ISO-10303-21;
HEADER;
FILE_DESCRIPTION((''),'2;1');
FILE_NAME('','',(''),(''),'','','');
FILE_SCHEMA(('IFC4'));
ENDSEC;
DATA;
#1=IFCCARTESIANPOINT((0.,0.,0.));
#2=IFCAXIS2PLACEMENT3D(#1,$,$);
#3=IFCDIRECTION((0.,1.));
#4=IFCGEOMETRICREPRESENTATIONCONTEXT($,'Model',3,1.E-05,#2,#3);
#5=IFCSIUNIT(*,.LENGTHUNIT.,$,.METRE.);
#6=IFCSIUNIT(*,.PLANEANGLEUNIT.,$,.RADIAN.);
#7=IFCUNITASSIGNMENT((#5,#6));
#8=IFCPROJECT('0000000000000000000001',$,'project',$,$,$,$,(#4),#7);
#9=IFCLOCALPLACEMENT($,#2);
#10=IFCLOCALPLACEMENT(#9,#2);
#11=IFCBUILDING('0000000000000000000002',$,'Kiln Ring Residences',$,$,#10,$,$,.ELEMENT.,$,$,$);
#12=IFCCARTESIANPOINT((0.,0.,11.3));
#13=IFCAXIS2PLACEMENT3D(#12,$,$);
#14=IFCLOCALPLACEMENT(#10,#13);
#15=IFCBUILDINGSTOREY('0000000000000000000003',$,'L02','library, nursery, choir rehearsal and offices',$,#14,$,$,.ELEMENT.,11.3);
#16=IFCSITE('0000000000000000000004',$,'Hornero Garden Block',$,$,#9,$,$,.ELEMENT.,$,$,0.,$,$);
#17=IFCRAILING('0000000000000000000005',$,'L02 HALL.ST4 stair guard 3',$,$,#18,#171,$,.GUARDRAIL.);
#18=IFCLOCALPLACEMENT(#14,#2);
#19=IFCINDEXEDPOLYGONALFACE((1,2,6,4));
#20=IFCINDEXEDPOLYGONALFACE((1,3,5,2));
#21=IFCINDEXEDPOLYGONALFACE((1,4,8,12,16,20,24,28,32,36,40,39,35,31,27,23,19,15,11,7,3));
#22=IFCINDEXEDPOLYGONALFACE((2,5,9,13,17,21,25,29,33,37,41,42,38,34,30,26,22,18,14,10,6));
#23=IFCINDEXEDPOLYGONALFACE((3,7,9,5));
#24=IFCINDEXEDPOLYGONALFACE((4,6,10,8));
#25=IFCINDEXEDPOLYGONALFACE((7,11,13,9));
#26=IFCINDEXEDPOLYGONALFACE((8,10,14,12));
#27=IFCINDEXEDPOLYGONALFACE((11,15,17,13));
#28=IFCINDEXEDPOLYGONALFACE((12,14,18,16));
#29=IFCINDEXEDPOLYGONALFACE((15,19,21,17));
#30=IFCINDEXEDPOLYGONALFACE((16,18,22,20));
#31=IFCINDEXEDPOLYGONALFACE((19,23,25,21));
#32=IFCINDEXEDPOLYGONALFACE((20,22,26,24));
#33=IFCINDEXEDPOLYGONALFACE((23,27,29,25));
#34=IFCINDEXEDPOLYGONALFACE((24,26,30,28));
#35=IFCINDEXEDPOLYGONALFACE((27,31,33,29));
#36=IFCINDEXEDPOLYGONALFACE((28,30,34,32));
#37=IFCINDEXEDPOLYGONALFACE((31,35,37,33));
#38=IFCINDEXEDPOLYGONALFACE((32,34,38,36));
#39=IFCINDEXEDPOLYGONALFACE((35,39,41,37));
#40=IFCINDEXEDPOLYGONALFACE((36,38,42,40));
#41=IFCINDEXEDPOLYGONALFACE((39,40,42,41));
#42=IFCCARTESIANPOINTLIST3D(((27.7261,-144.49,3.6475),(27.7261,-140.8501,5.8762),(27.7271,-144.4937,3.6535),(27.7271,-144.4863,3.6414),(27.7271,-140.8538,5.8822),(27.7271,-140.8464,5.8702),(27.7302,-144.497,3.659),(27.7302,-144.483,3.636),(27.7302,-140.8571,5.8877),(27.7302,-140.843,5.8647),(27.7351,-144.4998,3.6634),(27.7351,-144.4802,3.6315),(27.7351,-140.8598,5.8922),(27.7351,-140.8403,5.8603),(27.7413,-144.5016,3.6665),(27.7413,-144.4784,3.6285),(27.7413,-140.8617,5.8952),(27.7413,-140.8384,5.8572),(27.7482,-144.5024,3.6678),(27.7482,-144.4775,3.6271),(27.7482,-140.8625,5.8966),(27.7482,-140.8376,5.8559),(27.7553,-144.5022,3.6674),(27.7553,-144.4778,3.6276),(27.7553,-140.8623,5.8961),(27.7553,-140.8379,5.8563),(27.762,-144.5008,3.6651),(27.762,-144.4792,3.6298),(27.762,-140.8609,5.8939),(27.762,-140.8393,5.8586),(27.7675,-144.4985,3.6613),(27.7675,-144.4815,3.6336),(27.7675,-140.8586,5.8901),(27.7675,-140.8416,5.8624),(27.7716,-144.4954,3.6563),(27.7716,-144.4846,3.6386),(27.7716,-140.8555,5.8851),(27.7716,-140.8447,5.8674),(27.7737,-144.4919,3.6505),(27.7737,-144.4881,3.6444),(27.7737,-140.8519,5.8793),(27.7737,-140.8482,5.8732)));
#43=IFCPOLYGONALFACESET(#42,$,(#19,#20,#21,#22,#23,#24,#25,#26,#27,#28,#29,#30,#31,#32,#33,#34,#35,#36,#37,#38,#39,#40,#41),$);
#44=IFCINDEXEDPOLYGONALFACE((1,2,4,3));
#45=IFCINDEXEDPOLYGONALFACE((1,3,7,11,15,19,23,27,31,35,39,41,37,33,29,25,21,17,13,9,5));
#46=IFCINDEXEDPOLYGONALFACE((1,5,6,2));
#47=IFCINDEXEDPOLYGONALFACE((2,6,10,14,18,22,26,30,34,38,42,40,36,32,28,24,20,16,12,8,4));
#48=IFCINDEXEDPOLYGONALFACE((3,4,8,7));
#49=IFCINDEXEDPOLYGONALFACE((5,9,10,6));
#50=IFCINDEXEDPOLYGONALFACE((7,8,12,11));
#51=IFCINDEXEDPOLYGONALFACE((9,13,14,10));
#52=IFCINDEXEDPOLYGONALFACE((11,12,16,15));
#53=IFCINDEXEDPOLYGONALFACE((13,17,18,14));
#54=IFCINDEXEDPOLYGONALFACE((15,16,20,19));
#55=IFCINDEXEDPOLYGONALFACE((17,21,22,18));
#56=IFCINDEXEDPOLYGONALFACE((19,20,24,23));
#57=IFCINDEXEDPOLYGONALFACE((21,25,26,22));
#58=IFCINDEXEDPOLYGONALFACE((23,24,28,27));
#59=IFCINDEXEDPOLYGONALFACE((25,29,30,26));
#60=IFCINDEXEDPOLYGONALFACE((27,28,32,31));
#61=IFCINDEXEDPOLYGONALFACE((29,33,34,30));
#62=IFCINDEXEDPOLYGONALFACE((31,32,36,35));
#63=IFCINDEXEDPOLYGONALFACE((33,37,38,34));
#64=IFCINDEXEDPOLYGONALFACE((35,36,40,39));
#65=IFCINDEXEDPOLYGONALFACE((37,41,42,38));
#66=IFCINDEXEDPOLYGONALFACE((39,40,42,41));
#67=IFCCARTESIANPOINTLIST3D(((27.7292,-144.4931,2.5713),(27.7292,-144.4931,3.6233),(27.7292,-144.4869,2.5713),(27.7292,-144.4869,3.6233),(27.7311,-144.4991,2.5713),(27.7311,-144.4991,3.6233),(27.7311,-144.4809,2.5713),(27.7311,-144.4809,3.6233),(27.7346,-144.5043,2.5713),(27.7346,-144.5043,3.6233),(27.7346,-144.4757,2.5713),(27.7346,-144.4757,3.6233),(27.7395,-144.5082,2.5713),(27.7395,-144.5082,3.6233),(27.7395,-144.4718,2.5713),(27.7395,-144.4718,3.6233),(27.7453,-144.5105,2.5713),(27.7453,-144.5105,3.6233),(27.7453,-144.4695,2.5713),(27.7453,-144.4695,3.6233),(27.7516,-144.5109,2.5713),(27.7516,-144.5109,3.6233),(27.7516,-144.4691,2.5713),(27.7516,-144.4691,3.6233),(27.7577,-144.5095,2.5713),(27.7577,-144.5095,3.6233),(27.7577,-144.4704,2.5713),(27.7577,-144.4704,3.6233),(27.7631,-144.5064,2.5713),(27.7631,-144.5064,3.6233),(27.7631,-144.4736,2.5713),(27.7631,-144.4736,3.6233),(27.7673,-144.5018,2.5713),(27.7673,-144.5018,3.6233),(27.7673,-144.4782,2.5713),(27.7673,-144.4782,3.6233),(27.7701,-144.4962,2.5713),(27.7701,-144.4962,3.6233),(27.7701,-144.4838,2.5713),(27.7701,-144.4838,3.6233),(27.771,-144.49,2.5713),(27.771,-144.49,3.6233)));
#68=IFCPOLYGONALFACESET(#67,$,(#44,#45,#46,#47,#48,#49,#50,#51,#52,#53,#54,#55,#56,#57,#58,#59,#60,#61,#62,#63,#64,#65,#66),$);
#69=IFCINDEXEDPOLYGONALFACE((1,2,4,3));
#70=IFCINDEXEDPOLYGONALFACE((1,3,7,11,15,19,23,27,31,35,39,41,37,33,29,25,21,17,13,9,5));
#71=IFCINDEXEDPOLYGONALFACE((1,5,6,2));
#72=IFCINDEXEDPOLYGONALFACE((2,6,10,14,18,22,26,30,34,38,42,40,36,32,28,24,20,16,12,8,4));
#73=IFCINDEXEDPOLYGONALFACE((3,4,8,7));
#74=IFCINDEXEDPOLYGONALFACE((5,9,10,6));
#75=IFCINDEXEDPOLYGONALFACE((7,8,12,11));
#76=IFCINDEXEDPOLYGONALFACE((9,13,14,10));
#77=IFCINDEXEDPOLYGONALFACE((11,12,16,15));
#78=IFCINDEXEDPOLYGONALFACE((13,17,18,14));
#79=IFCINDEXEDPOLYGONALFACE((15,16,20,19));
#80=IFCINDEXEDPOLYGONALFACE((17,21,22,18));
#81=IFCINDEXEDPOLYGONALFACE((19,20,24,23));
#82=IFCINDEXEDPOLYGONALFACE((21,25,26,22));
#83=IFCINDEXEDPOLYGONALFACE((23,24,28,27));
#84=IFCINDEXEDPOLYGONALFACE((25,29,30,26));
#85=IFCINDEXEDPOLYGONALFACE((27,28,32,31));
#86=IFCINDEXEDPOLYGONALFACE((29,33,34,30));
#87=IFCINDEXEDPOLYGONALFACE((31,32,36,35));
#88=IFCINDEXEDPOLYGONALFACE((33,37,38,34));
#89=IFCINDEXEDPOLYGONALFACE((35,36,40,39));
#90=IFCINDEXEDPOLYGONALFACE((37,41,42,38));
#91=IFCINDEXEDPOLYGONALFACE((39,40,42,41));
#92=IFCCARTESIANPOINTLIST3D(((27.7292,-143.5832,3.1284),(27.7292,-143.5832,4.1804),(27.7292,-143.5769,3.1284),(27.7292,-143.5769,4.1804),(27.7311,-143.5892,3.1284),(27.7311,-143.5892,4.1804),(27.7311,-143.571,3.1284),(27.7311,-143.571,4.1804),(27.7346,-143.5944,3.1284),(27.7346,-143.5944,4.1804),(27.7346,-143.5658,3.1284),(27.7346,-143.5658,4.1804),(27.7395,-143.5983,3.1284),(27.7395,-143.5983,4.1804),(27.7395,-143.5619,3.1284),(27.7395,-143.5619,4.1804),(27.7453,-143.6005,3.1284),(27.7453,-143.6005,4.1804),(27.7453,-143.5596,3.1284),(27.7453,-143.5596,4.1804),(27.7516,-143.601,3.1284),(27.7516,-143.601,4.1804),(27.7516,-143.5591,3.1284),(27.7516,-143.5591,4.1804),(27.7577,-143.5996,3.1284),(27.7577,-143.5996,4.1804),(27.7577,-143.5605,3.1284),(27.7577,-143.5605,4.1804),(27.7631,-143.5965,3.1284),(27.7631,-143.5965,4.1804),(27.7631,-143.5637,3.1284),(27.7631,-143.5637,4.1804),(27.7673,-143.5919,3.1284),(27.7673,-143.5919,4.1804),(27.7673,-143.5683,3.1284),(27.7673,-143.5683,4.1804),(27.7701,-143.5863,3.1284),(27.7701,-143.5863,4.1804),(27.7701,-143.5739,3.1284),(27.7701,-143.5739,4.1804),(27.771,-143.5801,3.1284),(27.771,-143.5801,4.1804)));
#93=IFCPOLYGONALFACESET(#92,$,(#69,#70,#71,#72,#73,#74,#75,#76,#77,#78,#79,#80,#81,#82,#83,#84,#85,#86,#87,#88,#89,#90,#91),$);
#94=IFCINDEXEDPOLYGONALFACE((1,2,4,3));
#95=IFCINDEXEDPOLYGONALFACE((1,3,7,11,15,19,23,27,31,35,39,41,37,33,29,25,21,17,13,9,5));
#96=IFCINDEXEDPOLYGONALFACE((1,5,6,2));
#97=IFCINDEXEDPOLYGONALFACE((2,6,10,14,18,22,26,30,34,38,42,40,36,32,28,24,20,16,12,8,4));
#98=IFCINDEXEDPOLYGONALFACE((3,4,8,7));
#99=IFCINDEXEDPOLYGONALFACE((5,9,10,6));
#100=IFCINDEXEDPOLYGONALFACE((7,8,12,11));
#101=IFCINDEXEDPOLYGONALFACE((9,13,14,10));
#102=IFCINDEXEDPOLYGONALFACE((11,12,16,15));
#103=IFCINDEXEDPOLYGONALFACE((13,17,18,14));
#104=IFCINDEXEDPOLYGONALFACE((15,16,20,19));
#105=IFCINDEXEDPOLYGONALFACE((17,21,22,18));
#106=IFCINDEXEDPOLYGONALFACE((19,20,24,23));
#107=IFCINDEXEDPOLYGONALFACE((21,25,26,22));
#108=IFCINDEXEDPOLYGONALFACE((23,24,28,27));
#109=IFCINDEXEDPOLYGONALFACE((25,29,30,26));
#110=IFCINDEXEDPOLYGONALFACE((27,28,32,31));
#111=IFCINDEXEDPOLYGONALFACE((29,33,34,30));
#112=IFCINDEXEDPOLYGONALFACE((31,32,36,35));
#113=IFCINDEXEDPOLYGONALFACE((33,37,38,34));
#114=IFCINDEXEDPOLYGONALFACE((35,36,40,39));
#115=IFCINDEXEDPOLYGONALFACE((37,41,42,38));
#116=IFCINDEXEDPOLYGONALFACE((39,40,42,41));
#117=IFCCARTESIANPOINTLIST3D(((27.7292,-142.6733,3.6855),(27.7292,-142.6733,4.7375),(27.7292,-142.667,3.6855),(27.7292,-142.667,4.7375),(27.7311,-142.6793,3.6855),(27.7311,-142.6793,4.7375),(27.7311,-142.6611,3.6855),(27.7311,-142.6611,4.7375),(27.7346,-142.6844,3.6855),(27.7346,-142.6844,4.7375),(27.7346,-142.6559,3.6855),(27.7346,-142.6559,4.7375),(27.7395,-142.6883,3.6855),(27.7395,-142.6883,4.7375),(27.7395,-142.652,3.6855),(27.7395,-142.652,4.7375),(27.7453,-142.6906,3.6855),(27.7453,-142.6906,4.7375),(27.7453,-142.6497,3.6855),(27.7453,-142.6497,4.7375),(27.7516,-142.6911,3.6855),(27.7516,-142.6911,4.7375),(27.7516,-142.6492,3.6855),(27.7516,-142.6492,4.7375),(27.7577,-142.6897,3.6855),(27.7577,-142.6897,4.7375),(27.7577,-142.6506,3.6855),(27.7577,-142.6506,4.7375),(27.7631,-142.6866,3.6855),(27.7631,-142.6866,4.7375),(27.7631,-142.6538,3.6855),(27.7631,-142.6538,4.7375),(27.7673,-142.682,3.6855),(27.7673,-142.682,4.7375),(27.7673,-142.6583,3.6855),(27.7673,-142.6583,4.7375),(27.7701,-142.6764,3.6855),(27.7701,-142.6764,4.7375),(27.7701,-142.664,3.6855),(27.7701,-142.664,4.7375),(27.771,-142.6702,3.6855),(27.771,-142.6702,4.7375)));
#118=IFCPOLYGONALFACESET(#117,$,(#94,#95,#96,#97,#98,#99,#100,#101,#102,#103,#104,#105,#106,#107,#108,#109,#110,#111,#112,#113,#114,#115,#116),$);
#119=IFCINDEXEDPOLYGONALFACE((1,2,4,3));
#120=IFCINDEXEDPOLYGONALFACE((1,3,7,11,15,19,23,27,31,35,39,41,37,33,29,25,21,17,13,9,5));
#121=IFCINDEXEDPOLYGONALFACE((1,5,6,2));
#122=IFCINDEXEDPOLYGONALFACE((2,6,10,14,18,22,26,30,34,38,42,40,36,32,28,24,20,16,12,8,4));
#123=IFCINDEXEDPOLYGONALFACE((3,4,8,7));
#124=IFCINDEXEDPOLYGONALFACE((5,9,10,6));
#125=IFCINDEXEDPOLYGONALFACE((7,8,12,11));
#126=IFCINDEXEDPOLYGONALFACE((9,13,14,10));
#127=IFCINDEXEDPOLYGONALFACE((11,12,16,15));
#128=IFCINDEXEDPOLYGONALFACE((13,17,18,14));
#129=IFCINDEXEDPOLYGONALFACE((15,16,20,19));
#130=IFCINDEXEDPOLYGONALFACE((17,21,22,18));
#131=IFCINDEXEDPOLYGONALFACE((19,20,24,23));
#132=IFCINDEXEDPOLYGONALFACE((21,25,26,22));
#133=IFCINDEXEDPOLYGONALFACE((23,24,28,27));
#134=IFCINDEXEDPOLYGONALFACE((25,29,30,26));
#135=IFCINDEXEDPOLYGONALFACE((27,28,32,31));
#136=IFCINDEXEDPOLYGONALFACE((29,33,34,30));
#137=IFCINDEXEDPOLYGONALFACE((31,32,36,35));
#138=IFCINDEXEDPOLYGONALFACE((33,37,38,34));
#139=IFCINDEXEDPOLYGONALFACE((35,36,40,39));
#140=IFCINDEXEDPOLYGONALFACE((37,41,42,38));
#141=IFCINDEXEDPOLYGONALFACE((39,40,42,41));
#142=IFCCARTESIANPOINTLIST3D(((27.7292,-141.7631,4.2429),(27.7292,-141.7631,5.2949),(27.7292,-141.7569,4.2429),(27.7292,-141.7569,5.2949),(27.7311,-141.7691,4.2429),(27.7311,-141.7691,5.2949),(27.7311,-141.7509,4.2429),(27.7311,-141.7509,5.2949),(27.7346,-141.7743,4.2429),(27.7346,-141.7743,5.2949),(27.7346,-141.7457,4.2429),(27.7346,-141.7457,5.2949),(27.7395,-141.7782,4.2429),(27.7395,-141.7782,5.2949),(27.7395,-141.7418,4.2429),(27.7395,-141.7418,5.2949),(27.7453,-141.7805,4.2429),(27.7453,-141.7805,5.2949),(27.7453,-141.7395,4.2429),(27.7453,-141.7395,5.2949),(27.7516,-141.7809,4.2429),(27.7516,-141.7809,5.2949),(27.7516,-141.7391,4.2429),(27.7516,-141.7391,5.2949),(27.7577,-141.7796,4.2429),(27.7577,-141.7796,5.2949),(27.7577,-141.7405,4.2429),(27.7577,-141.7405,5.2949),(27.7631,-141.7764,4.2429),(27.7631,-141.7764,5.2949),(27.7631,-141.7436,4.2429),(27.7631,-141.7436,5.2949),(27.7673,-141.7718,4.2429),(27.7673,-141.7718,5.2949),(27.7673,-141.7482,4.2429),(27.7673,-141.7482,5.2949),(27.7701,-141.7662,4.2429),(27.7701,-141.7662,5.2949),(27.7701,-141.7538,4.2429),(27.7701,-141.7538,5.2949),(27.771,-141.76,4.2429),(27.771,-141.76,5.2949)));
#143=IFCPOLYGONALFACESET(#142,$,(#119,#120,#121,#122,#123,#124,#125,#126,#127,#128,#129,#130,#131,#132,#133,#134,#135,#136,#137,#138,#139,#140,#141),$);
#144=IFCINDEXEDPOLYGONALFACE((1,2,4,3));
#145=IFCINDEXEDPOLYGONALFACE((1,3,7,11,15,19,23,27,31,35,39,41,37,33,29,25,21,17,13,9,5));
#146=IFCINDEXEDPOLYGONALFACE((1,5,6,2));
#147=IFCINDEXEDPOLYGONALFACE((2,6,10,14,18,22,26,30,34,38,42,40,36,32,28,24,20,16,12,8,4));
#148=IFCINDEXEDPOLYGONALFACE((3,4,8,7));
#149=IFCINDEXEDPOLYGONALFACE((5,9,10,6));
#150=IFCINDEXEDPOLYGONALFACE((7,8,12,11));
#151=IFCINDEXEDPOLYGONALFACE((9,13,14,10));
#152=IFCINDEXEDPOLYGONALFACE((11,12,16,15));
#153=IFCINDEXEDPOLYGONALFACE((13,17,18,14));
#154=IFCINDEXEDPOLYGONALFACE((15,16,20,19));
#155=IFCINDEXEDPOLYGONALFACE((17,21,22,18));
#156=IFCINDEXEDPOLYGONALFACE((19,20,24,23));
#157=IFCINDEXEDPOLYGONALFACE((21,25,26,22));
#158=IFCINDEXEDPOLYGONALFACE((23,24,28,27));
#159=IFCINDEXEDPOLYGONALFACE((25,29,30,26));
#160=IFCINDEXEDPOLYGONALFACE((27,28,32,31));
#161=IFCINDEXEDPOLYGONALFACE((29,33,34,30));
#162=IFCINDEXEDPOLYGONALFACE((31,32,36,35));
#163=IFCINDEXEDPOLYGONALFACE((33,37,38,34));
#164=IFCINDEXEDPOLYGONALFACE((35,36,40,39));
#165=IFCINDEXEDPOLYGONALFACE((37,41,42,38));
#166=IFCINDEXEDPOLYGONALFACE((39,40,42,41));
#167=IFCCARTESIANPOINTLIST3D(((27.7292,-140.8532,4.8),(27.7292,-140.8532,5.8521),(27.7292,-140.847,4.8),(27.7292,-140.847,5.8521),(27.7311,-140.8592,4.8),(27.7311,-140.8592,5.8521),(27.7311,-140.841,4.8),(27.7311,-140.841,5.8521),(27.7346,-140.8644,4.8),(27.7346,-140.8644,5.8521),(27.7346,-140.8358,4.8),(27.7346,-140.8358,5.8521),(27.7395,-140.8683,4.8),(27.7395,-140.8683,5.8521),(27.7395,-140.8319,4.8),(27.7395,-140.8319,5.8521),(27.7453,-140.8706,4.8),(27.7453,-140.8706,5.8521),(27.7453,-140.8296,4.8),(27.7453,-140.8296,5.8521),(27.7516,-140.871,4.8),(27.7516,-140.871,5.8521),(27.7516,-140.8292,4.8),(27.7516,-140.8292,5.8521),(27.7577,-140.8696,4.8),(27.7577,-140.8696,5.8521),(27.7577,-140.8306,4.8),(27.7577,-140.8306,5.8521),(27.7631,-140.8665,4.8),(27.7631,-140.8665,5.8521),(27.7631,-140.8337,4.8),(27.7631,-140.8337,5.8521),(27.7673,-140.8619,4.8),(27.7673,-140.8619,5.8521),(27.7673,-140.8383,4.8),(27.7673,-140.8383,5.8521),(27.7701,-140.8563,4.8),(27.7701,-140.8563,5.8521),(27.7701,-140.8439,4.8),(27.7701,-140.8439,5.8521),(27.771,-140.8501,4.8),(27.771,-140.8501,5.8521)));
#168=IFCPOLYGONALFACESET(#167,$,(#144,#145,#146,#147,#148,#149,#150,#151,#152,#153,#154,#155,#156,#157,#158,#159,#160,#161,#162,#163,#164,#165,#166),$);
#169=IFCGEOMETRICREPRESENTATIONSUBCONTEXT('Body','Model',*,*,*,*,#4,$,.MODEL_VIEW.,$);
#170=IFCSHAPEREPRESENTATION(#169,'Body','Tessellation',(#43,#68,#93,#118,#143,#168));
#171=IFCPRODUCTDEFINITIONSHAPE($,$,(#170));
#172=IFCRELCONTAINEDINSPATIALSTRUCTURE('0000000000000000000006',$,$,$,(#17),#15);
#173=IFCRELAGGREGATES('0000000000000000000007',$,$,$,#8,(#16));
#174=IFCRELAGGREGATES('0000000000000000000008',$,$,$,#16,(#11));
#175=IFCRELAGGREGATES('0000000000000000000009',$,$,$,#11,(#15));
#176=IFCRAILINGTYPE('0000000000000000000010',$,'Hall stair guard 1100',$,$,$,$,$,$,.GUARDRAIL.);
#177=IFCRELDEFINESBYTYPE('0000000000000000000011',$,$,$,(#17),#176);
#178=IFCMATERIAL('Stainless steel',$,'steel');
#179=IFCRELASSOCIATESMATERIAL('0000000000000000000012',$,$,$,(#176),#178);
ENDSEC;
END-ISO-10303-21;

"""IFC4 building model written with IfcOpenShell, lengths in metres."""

from ifc_helpers import new_model, si_unit, direction, frame, origin, origin_2d, place, context, subcontext, project, spatial, circle, extrude, material, type_object, element, save


model = new_model("IFC4")

# Units and contexts
model_context = context("Model", 3, precision=1e-05, world=origin(), true_north=direction((0.0, 1.0)))
body_context = subcontext(model_context, "Body", "Model", "MODEL_VIEW")
ifc_project = project(units=[si_unit("LENGTHUNIT", "METRE"), si_unit("PLANEANGLEUNIT", "RADIAN")], contexts=[model_context])

# Site, building, storey
site_placement = place(None, origin())
site = spatial("IfcSite", under=ifc_project, at=site_placement, Name="Hornero Garden Block", CompositionType="ELEMENT", RefElevation=0.0)
building_placement = place(site_placement, origin())
building = spatial("IfcBuilding", under=site, at=building_placement, Name="Kiln Ring Residences", CompositionType="ELEMENT")
storey_placement = place(building_placement, frame((0.0, 0.0, 11.3)))
storey = spatial("IfcBuildingStorey", under=building, at=storey_placement, Name="L02", Description="library, nursery, choir rehearsal and offices", CompositionType="ELEMENT", Elevation=11.3)

# Railing
ifc_material_1 = material(Name="Stainless steel", Category="steel")
railing_type_1 = type_object("IfcRailingType", Name="Hall stair guard 1100", PredefinedType="GUARDRAIL", material=ifc_material_1)
railing_1_placement = place(storey_placement, frame((27.75, -144.49, 2.5713)))
element("IfcRailing", 1, at=railing_1_placement, inside=storey, type_object=railing_type_1, Name="L02 HALL.ST4 stair guard 3", PredefinedType="GUARDRAIL", context=body_context, shape_type="SweptSolid", body=[
    extrude(circle(Radius=0.0239, at=origin_2d()), frame((0.0, 0.0, 1.0762), z_axis=(0.0, 0.852825, 0.522197), x_axis=(-1.0, 0.0, 0.0)), (0.0, 0.0, 1.0), 4.2681),
    extrude(circle(Radius=0.021, at=origin_2d()), origin(), (0.0, 0.0, 1.0), 1.052),
    extrude(circle(Radius=0.021, at=origin_2d()), frame((0.0, 0.9099, 0.5571)), (0.0, 0.0, 1.0), 1.052),
    extrude(circle(Radius=0.021, at=origin_2d()), frame((0.0, 1.8198, 1.1143)), (0.0, 0.0, 1.0), 1.052),
    extrude(circle(Radius=0.021, at=origin_2d()), frame((0.0, 2.73, 1.6716)), (0.0, 0.0, 1.0), 1.052),
    extrude(circle(Radius=0.021, at=origin_2d()), frame((0.0, 3.6399, 2.2288)), (0.0, 0.0, 1.0), 1.052),
])

save(model, "model.ifc")
